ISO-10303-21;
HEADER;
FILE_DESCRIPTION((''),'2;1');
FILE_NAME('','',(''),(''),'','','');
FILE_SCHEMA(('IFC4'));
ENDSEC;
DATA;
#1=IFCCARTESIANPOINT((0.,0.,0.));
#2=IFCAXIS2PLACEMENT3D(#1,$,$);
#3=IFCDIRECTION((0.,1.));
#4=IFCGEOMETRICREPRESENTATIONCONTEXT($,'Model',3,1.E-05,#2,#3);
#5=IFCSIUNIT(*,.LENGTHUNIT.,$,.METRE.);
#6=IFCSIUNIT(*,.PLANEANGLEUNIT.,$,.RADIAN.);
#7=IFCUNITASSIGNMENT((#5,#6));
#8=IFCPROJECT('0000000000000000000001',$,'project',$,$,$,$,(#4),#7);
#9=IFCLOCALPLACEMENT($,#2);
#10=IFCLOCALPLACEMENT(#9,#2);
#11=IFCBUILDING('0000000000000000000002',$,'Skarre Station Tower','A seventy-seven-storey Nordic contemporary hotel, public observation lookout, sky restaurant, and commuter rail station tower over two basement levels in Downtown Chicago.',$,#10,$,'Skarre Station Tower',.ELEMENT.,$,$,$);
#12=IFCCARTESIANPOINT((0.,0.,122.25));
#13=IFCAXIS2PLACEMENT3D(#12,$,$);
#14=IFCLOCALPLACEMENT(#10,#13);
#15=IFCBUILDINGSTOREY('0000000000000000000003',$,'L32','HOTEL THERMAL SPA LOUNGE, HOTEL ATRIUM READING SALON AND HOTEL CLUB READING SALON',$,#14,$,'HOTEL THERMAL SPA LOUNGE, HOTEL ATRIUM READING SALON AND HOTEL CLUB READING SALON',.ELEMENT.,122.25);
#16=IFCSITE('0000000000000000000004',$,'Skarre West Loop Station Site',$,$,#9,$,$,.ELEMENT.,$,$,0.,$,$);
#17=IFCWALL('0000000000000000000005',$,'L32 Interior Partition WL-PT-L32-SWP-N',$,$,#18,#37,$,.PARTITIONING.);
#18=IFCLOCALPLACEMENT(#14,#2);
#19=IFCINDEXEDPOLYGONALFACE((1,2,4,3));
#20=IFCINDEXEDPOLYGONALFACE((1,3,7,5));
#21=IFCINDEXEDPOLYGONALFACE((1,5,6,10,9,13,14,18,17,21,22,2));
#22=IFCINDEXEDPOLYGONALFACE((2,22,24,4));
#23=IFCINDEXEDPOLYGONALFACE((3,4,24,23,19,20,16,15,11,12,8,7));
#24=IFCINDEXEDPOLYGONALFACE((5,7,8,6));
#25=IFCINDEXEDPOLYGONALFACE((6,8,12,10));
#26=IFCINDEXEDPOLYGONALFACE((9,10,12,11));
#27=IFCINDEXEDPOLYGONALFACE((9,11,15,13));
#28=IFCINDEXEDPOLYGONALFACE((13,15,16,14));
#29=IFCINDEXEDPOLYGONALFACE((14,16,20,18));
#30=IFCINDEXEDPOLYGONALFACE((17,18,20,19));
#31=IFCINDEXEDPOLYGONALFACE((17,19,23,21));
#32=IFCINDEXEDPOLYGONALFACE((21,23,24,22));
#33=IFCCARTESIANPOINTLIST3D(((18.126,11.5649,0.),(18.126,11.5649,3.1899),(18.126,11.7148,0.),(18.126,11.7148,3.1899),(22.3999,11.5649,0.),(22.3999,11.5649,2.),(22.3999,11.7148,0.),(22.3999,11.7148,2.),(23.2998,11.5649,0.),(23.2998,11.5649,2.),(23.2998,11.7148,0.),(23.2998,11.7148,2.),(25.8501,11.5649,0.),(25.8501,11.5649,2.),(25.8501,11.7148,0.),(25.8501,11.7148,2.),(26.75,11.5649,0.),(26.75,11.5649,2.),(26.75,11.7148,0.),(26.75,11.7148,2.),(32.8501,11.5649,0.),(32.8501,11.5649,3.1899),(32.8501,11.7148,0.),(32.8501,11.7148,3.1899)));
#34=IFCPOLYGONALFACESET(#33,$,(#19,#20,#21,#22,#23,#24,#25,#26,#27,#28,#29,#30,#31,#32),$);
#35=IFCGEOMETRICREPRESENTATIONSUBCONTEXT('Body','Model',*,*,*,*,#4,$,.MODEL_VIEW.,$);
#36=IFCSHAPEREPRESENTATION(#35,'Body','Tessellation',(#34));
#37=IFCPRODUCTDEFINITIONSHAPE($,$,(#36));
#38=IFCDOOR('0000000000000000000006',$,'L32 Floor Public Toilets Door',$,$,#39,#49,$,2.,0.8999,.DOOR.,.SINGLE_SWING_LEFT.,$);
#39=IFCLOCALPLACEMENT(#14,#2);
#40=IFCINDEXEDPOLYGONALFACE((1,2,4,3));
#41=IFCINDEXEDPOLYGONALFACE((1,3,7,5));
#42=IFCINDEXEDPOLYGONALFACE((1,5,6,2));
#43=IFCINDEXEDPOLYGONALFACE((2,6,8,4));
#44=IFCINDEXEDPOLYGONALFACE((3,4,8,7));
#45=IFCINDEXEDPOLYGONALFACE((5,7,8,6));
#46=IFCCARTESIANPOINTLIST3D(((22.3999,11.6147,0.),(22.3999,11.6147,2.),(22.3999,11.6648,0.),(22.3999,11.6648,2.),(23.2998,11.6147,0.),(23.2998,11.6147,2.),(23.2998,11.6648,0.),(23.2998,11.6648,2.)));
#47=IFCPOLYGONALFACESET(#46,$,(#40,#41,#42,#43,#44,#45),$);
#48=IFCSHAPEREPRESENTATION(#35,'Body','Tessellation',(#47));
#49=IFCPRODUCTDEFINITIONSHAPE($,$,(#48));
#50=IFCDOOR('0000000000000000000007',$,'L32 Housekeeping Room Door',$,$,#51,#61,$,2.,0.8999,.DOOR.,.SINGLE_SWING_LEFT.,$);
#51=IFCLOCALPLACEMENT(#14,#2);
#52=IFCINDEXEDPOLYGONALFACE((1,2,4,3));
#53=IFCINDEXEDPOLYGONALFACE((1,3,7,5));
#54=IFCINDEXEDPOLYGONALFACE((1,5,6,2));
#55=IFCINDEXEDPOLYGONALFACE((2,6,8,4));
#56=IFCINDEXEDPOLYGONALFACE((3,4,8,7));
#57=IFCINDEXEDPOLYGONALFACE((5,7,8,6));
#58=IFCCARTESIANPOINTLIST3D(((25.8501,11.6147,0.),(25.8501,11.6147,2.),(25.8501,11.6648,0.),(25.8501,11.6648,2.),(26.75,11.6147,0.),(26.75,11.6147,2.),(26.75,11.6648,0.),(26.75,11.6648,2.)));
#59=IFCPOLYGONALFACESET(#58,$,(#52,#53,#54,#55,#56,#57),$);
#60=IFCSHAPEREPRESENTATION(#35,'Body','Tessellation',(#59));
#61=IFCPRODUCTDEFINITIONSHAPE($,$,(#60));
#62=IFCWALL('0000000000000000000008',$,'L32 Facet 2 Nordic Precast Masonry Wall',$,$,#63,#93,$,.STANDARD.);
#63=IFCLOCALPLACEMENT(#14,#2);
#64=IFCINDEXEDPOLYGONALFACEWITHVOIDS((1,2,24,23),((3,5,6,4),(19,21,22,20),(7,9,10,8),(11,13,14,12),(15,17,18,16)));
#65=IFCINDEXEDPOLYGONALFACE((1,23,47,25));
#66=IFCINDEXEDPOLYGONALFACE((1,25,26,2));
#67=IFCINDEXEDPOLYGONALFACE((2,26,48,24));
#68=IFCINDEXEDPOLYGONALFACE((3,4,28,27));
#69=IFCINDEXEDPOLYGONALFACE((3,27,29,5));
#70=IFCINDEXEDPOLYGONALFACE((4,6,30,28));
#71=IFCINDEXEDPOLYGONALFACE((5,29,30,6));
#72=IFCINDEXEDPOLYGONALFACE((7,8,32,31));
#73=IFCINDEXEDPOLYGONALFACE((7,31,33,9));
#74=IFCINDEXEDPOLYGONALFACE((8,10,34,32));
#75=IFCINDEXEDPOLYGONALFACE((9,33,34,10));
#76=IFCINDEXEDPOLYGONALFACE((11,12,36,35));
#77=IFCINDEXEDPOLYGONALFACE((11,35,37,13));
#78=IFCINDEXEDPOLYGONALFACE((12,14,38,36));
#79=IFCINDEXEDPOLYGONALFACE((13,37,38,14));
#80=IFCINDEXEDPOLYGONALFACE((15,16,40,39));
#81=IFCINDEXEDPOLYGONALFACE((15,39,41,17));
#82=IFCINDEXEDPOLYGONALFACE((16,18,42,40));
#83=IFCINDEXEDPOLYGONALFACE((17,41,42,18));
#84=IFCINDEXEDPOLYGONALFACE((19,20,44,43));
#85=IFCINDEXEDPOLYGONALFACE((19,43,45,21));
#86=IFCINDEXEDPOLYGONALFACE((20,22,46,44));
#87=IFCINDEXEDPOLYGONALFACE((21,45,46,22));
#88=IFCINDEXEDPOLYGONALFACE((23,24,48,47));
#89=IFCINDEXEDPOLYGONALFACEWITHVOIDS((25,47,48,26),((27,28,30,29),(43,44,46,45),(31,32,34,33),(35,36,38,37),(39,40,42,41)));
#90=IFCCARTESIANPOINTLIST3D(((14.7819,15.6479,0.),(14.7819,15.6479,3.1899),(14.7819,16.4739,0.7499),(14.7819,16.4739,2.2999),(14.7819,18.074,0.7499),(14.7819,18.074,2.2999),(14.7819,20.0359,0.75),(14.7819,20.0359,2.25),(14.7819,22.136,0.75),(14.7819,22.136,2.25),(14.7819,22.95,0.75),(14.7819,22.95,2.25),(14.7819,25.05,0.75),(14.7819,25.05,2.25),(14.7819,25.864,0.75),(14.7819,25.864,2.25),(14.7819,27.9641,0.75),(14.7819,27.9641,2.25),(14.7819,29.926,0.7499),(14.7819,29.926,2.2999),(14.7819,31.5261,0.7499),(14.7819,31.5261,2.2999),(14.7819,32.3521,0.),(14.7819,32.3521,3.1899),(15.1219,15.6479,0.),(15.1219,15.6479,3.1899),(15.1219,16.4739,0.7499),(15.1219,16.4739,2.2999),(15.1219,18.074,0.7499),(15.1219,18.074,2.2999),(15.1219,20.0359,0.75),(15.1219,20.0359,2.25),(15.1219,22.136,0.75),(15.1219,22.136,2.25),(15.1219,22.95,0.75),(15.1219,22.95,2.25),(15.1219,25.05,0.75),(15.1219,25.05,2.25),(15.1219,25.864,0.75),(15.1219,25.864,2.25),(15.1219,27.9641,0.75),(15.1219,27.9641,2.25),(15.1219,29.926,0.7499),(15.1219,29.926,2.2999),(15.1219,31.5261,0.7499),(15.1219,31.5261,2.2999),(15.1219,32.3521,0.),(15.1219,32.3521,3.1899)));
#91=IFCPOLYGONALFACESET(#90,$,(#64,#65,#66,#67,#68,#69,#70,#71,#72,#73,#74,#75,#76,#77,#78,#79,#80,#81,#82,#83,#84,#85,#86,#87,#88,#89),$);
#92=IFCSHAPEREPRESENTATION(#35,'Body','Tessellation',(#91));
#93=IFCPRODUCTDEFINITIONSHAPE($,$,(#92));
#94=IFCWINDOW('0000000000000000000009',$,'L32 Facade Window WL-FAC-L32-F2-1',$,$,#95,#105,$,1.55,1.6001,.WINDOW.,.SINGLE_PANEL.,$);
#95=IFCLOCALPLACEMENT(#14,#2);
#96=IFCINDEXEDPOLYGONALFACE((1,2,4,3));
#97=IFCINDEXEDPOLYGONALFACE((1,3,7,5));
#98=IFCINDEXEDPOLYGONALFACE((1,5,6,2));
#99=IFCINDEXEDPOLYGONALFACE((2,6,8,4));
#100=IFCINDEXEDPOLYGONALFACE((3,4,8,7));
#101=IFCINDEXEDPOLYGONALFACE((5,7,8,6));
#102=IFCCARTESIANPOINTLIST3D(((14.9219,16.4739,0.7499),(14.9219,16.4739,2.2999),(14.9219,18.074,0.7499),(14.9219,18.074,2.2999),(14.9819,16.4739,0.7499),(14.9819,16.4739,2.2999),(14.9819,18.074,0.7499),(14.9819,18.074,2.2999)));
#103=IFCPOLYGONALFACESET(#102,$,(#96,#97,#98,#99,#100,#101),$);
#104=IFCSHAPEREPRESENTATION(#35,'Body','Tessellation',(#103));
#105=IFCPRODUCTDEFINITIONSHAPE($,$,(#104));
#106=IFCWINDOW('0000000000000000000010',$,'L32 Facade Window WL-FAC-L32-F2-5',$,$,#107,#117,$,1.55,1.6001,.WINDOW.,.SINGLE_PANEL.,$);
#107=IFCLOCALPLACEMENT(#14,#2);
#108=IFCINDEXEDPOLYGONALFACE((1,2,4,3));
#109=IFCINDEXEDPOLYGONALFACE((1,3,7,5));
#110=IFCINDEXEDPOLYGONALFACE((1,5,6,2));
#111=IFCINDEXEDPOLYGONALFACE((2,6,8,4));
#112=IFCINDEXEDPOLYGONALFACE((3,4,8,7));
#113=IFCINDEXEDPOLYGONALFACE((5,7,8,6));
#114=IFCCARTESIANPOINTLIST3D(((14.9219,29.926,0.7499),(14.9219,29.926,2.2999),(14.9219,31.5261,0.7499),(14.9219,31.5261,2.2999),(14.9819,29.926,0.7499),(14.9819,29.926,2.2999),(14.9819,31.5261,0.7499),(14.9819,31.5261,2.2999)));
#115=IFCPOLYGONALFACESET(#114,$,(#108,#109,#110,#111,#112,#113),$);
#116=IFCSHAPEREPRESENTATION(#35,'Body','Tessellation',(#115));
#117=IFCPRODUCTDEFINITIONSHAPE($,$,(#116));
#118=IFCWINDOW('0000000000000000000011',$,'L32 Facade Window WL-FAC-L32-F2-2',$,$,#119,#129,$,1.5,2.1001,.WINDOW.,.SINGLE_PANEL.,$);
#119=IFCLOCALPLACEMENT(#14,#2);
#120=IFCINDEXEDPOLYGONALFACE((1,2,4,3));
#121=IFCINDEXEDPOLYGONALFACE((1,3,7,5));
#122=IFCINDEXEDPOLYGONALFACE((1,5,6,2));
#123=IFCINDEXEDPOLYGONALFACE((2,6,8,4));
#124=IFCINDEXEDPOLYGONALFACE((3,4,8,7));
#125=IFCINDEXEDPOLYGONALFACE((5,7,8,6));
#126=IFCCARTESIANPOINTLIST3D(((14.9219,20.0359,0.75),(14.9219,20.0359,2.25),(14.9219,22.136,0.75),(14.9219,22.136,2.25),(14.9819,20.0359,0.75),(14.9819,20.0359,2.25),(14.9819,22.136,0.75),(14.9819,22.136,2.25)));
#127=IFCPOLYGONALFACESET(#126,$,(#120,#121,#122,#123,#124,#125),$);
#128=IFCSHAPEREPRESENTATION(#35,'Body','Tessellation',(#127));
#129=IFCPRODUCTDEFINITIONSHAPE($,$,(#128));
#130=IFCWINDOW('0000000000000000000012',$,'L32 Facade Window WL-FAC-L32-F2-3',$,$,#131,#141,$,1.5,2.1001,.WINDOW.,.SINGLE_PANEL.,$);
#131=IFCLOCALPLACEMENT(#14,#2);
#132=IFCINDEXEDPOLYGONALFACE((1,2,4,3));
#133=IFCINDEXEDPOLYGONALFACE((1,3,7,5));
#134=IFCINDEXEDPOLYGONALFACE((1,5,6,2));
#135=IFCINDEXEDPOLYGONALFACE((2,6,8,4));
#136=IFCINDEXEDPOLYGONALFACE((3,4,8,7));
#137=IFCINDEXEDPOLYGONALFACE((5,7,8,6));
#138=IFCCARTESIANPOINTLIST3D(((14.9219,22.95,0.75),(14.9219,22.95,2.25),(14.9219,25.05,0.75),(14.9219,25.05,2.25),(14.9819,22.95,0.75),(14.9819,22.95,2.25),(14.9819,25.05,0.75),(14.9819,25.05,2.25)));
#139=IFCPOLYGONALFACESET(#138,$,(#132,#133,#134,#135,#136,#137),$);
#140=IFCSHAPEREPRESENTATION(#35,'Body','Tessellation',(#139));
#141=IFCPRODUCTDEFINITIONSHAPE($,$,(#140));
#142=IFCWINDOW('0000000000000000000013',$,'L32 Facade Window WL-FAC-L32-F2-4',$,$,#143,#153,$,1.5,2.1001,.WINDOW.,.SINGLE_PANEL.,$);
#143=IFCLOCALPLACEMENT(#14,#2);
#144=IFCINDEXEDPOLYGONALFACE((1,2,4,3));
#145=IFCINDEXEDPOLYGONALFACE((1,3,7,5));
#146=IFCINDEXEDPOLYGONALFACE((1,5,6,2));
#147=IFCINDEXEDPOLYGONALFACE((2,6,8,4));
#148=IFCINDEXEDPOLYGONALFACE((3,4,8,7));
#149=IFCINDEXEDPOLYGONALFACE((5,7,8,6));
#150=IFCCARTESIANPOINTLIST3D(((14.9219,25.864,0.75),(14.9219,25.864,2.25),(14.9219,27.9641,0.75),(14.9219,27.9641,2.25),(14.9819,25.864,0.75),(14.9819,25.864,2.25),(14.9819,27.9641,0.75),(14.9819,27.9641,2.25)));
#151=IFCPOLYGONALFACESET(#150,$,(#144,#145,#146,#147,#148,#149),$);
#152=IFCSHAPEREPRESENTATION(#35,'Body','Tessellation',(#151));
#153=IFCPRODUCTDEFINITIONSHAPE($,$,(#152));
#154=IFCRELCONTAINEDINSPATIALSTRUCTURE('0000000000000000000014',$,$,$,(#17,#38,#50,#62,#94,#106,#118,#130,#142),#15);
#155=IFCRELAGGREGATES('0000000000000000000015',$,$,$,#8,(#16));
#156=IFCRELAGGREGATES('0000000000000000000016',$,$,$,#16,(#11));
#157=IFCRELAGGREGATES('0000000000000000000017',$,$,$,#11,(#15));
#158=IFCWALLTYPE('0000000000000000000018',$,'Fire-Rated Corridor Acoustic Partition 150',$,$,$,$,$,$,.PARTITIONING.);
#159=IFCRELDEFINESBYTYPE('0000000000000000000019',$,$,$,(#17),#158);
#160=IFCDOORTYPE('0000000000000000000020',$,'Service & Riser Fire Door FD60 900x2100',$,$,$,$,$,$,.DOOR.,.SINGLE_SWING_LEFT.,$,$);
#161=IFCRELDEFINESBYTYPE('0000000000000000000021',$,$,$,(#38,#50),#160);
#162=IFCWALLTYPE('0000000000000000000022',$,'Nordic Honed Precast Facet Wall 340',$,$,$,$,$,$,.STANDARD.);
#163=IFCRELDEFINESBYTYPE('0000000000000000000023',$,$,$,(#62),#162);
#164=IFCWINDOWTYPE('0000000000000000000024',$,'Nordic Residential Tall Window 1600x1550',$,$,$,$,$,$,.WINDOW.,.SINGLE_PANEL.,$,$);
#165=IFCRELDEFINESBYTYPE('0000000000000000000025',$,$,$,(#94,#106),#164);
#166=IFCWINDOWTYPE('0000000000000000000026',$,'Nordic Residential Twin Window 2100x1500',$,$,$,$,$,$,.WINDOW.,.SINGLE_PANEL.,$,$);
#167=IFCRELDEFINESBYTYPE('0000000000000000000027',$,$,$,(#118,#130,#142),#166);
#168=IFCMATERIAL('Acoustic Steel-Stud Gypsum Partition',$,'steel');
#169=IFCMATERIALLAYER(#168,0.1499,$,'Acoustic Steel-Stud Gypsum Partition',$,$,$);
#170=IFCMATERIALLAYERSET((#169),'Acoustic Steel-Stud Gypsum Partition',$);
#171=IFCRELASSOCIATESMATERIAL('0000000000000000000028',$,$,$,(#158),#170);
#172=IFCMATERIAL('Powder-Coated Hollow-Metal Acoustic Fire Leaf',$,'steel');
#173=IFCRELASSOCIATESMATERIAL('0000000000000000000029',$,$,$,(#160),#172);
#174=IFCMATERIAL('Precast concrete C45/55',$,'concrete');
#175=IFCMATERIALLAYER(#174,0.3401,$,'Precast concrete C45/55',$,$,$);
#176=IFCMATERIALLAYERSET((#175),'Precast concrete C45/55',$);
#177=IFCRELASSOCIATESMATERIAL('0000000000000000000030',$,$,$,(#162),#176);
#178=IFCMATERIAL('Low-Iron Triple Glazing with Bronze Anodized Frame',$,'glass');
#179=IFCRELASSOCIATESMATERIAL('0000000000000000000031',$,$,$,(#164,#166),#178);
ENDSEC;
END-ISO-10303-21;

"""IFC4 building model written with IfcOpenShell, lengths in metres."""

from ifc_helpers import new_model, si_unit, direction, frame, frame_2d, origin, place, context, subcontext, project, spatial, rectangle, extrude, material, layer, layer_set, type_object, element, fill, save


model = new_model("IFC4")

# Units and contexts
model_context = context("Model", 3, precision=1e-05, world=origin(), true_north=direction((0.0, 1.0)))
body_context = subcontext(model_context, "Body", "Model", "MODEL_VIEW")
ifc_project = project(units=[si_unit("LENGTHUNIT", "METRE"), si_unit("PLANEANGLEUNIT", "RADIAN")], contexts=[model_context])

# Site, building, storey
site_placement = place(None, origin())
site = spatial("IfcSite", under=ifc_project, at=site_placement, Name="Skarre West Loop Station Site", CompositionType="ELEMENT", RefElevation=0.0)
building_placement = place(site_placement, origin())
building = spatial("IfcBuilding", under=site, at=building_placement, Name="Skarre Station Tower", Description="A seventy-seven-storey Nordic contemporary hotel, public observation lookout, sky restaurant, and commuter rail station tower over two basement levels in Downtown Chicago.", LongName="Skarre Station Tower", CompositionType="ELEMENT")
storey_placement = place(building_placement, frame((0.0, 0.0, 122.25)))
storey = spatial("IfcBuildingStorey", under=building, at=storey_placement, Name="L32", Description="HOTEL THERMAL SPA LOUNGE, HOTEL ATRIUM READING SALON AND HOTEL CLUB READING SALON", LongName="HOTEL THERMAL SPA LOUNGE, HOTEL ATRIUM READING SALON AND HOTEL CLUB READING SALON", CompositionType="ELEMENT", Elevation=122.25)

# Shared definitions
ifc_material_1 = material(Name="Acoustic Steel-Stud Gypsum Partition", Category="steel")
ifc_layer_1 = layer(ifc_material_1, 0.1499, Name="Acoustic Steel-Stud Gypsum Partition")
ifc_layer_set_1 = layer_set([ifc_layer_1], Name="Acoustic Steel-Stud Gypsum Partition")
wall_type_1 = type_object("IfcWallType", Name="Fire-Rated Corridor Acoustic Partition 150", PredefinedType="PARTITIONING", material=ifc_layer_set_1)

# Wall, openings, doors
wall_1_placement = place(storey_placement, frame((18.126, 11.6399, 0.0), z_axis=(0.0, 0.0, 1.0), x_axis=(1.0, 0.0, 0.0)))
wall_1 = element("IfcWall", 1, at=wall_1_placement, inside=storey, type_object=wall_type_1, Name="L32 Interior Partition WL-PT-L32-SWP-N", PredefinedType="PARTITIONING", context=body_context, shape_type="SweptSolid", body=[
    extrude(rectangle(XDim=14.7241, YDim=0.1499, at=frame_2d((7.3621, 0.0))), origin(), (0.0, 0.0, 1.0), 3.1899),
])
opening_1_placement = place(wall_1_placement, frame((4.2739, 0.0, 0.0)))
opening_1 = element("IfcOpeningElement", 2, at=opening_1_placement, cuts=wall_1, PredefinedType="OPENING", context=body_context, shape_type="SweptSolid", body=[
    extrude(rectangle(XDim=0.8999, YDim=2.0, at=frame_2d((0.45, 1.0))), frame((0.0, 0.085, 0.0), z_axis=(0.0, -1.0, 0.0), x_axis=(1.0, 0.0, 0.0)), (0.0, 0.0, 1.0), 0.1699),
])
opening_2_placement = place(wall_1_placement, frame((7.7241, 0.0, 0.0)))
opening_2 = element("IfcOpeningElement", 3, at=opening_2_placement, cuts=wall_1, PredefinedType="OPENING", context=body_context, shape_type="SweptSolid", body=[
    extrude(rectangle(XDim=0.8999, YDim=2.0, at=frame_2d((0.45, 1.0))), frame((0.0, 0.085, 0.0), z_axis=(0.0, -1.0, 0.0), x_axis=(1.0, 0.0, 0.0)), (0.0, 0.0, 1.0), 0.1699),
])
ifc_material_2 = material(Name="Powder-Coated Hollow-Metal Acoustic Fire Leaf", Category="steel")
door_type = type_object("IfcDoorType", Name="Service & Riser Fire Door FD60 900x2100", OperationType="SINGLE_SWING_LEFT", PredefinedType="DOOR", material=ifc_material_2)
door_1_placement = place(opening_1_placement, origin())
door_1 = element("IfcDoor", 4, at=door_1_placement, inside=storey, type_object=door_type, Name="L32 Floor Public Toilets Door", OperationType="SINGLE_SWING_LEFT", OverallHeight=2.0, OverallWidth=0.8999, PredefinedType="DOOR", context=body_context, shape_type="SweptSolid", body=[
    extrude(rectangle(XDim=0.8999, YDim=2.0, at=frame_2d((0.45, 1.0))), frame((0.0, 0.0249, 0.0), z_axis=(0.0, -1.0, 0.0), x_axis=(1.0, 0.0, 0.0)), (0.0, 0.0, 1.0), 0.05),
])
fill(opening_1, door_1)
door_2_placement = place(opening_2_placement, origin())
door_2 = element("IfcDoor", 5, at=door_2_placement, inside=storey, type_object=door_type, Name="L32 Housekeeping Room Door", OperationType="SINGLE_SWING_LEFT", OverallHeight=2.0, OverallWidth=0.8999, PredefinedType="DOOR", context=body_context, shape_type="SweptSolid", body=[
    extrude(rectangle(XDim=0.8999, YDim=2.0, at=frame_2d((0.45, 1.0))), frame((0.0, 0.0249, 0.0), z_axis=(0.0, -1.0, 0.0), x_axis=(1.0, 0.0, 0.0)), (0.0, 0.0, 1.0), 0.05),
])
fill(opening_2, door_2)

# Wall, openings, windows
ifc_material_3 = material(Name="Precast concrete C45/55", Category="concrete")
ifc_layer_2 = layer(ifc_material_3, 0.3401, Name="Precast concrete C45/55")
ifc_layer_set_2 = layer_set([ifc_layer_2], Name="Precast concrete C45/55")
wall_type_2 = type_object("IfcWallType", Name="Nordic Honed Precast Facet Wall 340", PredefinedType="STANDARD", material=ifc_layer_set_2)
wall_2_placement = place(storey_placement, frame((14.9519, 15.6479, 0.0), z_axis=(0.0, 0.0, 1.0), x_axis=(0.0, 1.0, 0.0)))
wall_2 = element("IfcWall", 6, at=wall_2_placement, inside=storey, type_object=wall_type_2, Name="L32 Facet 2 Nordic Precast Masonry Wall", PredefinedType="STANDARD", context=body_context, shape_type="SweptSolid", body=[
    extrude(rectangle(XDim=16.7041, YDim=0.3401, at=frame_2d((8.3521, 0.0))), origin(), (0.0, 0.0, 1.0), 3.1899),
])
opening_3_placement = place(wall_2_placement, frame((0.8259, 0.0, 0.75)))
opening_3 = element("IfcOpeningElement", 7, at=opening_3_placement, cuts=wall_2, PredefinedType="OPENING", context=body_context, shape_type="SweptSolid", body=[
    extrude(rectangle(XDim=1.6001, YDim=1.55, at=frame_2d((0.8, 0.7749))), frame((0.0, 0.1799, 0.0), z_axis=(0.0, -1.0, 0.0), x_axis=(1.0, 0.0, 0.0)), (0.0, 0.0, 1.0), 0.3601),
])
opening_4_placement = place(wall_2_placement, frame((4.3879, 0.0, 0.75)))
opening_4 = element("IfcOpeningElement", 8, at=opening_4_placement, cuts=wall_2, PredefinedType="OPENING", context=body_context, shape_type="SweptSolid", body=[
    extrude(rectangle(XDim=2.1001, YDim=1.5, at=frame_2d((1.05, 0.75))), frame((0.0, 0.1799, 0.0), z_axis=(0.0, -1.0, 0.0), x_axis=(1.0, 0.0, 0.0)), (0.0, 0.0, 1.0), 0.3601),
])
opening_5_placement = place(wall_2_placement, frame((7.302, 0.0, 0.75)))
opening_5 = element("IfcOpeningElement", 9, at=opening_5_placement, cuts=wall_2, PredefinedType="OPENING", context=body_context, shape_type="SweptSolid", body=[
    extrude(rectangle(XDim=2.1001, YDim=1.5, at=frame_2d((1.05, 0.75))), frame((0.0, 0.1799, 0.0), z_axis=(0.0, -1.0, 0.0), x_axis=(1.0, 0.0, 0.0)), (0.0, 0.0, 1.0), 0.3601),
])
opening_6_placement = place(wall_2_placement, frame((10.2161, 0.0, 0.75)))
opening_6 = element("IfcOpeningElement", 10, at=opening_6_placement, cuts=wall_2, PredefinedType="OPENING", context=body_context, shape_type="SweptSolid", body=[
    extrude(rectangle(XDim=2.1001, YDim=1.5, at=frame_2d((1.05, 0.75))), frame((0.0, 0.1799, 0.0), z_axis=(0.0, -1.0, 0.0), x_axis=(1.0, 0.0, 0.0)), (0.0, 0.0, 1.0), 0.3601),
])
opening_7_placement = place(wall_2_placement, frame((14.2781, 0.0, 0.75)))
opening_7 = element("IfcOpeningElement", 11, at=opening_7_placement, cuts=wall_2, PredefinedType="OPENING", context=body_context, shape_type="SweptSolid", body=[
    extrude(rectangle(XDim=1.6001, YDim=1.55, at=frame_2d((0.8, 0.7749))), frame((0.0, 0.1799, 0.0), z_axis=(0.0, -1.0, 0.0), x_axis=(1.0, 0.0, 0.0)), (0.0, 0.0, 1.0), 0.3601),
])
ifc_material_4 = material(Name="Low-Iron Triple Glazing with Bronze Anodized Frame", Category="glass")
window_type_1 = type_object("IfcWindowType", Name="Nordic Residential Tall Window 1600x1550", PartitioningType="SINGLE_PANEL", PredefinedType="WINDOW", material=ifc_material_4)
window_1_placement = place(opening_3_placement, origin())
window_1 = element("IfcWindow", 12, at=window_1_placement, inside=storey, type_object=window_type_1, Name="L32 Facade Window WL-FAC-L32-F2-1", OverallHeight=1.55, OverallWidth=1.6001, PartitioningType="SINGLE_PANEL", PredefinedType="WINDOW", context=body_context, shape_type="SweptSolid", body=[
    extrude(rectangle(XDim=1.6001, YDim=1.55, at=frame_2d((0.8, 0.7749))), frame((0.0, 0.03, 0.0), z_axis=(0.0, -1.0, 0.0), x_axis=(1.0, 0.0, 0.0)), (0.0, 0.0, 1.0), 0.0601),
])
fill(opening_3, window_1)
window_2_placement = place(opening_7_placement, origin())
window_2 = element("IfcWindow", 13, at=window_2_placement, inside=storey, type_object=window_type_1, Name="L32 Facade Window WL-FAC-L32-F2-5", OverallHeight=1.55, OverallWidth=1.6001, PartitioningType="SINGLE_PANEL", PredefinedType="WINDOW", context=body_context, shape_type="SweptSolid", body=[
    extrude(rectangle(XDim=1.6001, YDim=1.55, at=frame_2d((0.8, 0.7749))), frame((0.0, 0.03, 0.0), z_axis=(0.0, -1.0, 0.0), x_axis=(1.0, 0.0, 0.0)), (0.0, 0.0, 1.0), 0.0601),
])
fill(opening_7, window_2)
window_type_2 = type_object("IfcWindowType", Name="Nordic Residential Twin Window 2100x1500", PartitioningType="SINGLE_PANEL", PredefinedType="WINDOW", material=ifc_material_4)
window_3_placement = place(opening_4_placement, origin())
window_3 = element("IfcWindow", 14, at=window_3_placement, inside=storey, type_object=window_type_2, Name="L32 Facade Window WL-FAC-L32-F2-2", OverallHeight=1.5, OverallWidth=2.1001, PartitioningType="SINGLE_PANEL", PredefinedType="WINDOW", context=body_context, shape_type="SweptSolid", body=[
    extrude(rectangle(XDim=2.1001, YDim=1.5, at=frame_2d((1.05, 0.75))), frame((0.0, 0.03, 0.0), z_axis=(0.0, -1.0, 0.0), x_axis=(1.0, 0.0, 0.0)), (0.0, 0.0, 1.0), 0.0601),
])
fill(opening_4, window_3)
window_4_placement = place(opening_5_placement, origin())
window_4 = element("IfcWindow", 15, at=window_4_placement, inside=storey, type_object=window_type_2, Name="L32 Facade Window WL-FAC-L32-F2-3", OverallHeight=1.5, OverallWidth=2.1001, PartitioningType="SINGLE_PANEL", PredefinedType="WINDOW", context=body_context, shape_type="SweptSolid", body=[
    extrude(rectangle(XDim=2.1001, YDim=1.5, at=frame_2d((1.05, 0.75))), frame((0.0, 0.03, 0.0), z_axis=(0.0, -1.0, 0.0), x_axis=(1.0, 0.0, 0.0)), (0.0, 0.0, 1.0), 0.0601),
])
fill(opening_5, window_4)
window_5_placement = place(opening_6_placement, origin())
window_5 = element("IfcWindow", 16, at=window_5_placement, inside=storey, type_object=window_type_2, Name="L32 Facade Window WL-FAC-L32-F2-4", OverallHeight=1.5, OverallWidth=2.1001, PartitioningType="SINGLE_PANEL", PredefinedType="WINDOW", context=body_context, shape_type="SweptSolid", body=[
    extrude(rectangle(XDim=2.1001, YDim=1.5, at=frame_2d((1.05, 0.75))), frame((0.0, 0.03, 0.0), z_axis=(0.0, -1.0, 0.0), x_axis=(1.0, 0.0, 0.0)), (0.0, 0.0, 1.0), 0.0601),
])
fill(opening_6, window_5)

save(model, "model.ifc")
